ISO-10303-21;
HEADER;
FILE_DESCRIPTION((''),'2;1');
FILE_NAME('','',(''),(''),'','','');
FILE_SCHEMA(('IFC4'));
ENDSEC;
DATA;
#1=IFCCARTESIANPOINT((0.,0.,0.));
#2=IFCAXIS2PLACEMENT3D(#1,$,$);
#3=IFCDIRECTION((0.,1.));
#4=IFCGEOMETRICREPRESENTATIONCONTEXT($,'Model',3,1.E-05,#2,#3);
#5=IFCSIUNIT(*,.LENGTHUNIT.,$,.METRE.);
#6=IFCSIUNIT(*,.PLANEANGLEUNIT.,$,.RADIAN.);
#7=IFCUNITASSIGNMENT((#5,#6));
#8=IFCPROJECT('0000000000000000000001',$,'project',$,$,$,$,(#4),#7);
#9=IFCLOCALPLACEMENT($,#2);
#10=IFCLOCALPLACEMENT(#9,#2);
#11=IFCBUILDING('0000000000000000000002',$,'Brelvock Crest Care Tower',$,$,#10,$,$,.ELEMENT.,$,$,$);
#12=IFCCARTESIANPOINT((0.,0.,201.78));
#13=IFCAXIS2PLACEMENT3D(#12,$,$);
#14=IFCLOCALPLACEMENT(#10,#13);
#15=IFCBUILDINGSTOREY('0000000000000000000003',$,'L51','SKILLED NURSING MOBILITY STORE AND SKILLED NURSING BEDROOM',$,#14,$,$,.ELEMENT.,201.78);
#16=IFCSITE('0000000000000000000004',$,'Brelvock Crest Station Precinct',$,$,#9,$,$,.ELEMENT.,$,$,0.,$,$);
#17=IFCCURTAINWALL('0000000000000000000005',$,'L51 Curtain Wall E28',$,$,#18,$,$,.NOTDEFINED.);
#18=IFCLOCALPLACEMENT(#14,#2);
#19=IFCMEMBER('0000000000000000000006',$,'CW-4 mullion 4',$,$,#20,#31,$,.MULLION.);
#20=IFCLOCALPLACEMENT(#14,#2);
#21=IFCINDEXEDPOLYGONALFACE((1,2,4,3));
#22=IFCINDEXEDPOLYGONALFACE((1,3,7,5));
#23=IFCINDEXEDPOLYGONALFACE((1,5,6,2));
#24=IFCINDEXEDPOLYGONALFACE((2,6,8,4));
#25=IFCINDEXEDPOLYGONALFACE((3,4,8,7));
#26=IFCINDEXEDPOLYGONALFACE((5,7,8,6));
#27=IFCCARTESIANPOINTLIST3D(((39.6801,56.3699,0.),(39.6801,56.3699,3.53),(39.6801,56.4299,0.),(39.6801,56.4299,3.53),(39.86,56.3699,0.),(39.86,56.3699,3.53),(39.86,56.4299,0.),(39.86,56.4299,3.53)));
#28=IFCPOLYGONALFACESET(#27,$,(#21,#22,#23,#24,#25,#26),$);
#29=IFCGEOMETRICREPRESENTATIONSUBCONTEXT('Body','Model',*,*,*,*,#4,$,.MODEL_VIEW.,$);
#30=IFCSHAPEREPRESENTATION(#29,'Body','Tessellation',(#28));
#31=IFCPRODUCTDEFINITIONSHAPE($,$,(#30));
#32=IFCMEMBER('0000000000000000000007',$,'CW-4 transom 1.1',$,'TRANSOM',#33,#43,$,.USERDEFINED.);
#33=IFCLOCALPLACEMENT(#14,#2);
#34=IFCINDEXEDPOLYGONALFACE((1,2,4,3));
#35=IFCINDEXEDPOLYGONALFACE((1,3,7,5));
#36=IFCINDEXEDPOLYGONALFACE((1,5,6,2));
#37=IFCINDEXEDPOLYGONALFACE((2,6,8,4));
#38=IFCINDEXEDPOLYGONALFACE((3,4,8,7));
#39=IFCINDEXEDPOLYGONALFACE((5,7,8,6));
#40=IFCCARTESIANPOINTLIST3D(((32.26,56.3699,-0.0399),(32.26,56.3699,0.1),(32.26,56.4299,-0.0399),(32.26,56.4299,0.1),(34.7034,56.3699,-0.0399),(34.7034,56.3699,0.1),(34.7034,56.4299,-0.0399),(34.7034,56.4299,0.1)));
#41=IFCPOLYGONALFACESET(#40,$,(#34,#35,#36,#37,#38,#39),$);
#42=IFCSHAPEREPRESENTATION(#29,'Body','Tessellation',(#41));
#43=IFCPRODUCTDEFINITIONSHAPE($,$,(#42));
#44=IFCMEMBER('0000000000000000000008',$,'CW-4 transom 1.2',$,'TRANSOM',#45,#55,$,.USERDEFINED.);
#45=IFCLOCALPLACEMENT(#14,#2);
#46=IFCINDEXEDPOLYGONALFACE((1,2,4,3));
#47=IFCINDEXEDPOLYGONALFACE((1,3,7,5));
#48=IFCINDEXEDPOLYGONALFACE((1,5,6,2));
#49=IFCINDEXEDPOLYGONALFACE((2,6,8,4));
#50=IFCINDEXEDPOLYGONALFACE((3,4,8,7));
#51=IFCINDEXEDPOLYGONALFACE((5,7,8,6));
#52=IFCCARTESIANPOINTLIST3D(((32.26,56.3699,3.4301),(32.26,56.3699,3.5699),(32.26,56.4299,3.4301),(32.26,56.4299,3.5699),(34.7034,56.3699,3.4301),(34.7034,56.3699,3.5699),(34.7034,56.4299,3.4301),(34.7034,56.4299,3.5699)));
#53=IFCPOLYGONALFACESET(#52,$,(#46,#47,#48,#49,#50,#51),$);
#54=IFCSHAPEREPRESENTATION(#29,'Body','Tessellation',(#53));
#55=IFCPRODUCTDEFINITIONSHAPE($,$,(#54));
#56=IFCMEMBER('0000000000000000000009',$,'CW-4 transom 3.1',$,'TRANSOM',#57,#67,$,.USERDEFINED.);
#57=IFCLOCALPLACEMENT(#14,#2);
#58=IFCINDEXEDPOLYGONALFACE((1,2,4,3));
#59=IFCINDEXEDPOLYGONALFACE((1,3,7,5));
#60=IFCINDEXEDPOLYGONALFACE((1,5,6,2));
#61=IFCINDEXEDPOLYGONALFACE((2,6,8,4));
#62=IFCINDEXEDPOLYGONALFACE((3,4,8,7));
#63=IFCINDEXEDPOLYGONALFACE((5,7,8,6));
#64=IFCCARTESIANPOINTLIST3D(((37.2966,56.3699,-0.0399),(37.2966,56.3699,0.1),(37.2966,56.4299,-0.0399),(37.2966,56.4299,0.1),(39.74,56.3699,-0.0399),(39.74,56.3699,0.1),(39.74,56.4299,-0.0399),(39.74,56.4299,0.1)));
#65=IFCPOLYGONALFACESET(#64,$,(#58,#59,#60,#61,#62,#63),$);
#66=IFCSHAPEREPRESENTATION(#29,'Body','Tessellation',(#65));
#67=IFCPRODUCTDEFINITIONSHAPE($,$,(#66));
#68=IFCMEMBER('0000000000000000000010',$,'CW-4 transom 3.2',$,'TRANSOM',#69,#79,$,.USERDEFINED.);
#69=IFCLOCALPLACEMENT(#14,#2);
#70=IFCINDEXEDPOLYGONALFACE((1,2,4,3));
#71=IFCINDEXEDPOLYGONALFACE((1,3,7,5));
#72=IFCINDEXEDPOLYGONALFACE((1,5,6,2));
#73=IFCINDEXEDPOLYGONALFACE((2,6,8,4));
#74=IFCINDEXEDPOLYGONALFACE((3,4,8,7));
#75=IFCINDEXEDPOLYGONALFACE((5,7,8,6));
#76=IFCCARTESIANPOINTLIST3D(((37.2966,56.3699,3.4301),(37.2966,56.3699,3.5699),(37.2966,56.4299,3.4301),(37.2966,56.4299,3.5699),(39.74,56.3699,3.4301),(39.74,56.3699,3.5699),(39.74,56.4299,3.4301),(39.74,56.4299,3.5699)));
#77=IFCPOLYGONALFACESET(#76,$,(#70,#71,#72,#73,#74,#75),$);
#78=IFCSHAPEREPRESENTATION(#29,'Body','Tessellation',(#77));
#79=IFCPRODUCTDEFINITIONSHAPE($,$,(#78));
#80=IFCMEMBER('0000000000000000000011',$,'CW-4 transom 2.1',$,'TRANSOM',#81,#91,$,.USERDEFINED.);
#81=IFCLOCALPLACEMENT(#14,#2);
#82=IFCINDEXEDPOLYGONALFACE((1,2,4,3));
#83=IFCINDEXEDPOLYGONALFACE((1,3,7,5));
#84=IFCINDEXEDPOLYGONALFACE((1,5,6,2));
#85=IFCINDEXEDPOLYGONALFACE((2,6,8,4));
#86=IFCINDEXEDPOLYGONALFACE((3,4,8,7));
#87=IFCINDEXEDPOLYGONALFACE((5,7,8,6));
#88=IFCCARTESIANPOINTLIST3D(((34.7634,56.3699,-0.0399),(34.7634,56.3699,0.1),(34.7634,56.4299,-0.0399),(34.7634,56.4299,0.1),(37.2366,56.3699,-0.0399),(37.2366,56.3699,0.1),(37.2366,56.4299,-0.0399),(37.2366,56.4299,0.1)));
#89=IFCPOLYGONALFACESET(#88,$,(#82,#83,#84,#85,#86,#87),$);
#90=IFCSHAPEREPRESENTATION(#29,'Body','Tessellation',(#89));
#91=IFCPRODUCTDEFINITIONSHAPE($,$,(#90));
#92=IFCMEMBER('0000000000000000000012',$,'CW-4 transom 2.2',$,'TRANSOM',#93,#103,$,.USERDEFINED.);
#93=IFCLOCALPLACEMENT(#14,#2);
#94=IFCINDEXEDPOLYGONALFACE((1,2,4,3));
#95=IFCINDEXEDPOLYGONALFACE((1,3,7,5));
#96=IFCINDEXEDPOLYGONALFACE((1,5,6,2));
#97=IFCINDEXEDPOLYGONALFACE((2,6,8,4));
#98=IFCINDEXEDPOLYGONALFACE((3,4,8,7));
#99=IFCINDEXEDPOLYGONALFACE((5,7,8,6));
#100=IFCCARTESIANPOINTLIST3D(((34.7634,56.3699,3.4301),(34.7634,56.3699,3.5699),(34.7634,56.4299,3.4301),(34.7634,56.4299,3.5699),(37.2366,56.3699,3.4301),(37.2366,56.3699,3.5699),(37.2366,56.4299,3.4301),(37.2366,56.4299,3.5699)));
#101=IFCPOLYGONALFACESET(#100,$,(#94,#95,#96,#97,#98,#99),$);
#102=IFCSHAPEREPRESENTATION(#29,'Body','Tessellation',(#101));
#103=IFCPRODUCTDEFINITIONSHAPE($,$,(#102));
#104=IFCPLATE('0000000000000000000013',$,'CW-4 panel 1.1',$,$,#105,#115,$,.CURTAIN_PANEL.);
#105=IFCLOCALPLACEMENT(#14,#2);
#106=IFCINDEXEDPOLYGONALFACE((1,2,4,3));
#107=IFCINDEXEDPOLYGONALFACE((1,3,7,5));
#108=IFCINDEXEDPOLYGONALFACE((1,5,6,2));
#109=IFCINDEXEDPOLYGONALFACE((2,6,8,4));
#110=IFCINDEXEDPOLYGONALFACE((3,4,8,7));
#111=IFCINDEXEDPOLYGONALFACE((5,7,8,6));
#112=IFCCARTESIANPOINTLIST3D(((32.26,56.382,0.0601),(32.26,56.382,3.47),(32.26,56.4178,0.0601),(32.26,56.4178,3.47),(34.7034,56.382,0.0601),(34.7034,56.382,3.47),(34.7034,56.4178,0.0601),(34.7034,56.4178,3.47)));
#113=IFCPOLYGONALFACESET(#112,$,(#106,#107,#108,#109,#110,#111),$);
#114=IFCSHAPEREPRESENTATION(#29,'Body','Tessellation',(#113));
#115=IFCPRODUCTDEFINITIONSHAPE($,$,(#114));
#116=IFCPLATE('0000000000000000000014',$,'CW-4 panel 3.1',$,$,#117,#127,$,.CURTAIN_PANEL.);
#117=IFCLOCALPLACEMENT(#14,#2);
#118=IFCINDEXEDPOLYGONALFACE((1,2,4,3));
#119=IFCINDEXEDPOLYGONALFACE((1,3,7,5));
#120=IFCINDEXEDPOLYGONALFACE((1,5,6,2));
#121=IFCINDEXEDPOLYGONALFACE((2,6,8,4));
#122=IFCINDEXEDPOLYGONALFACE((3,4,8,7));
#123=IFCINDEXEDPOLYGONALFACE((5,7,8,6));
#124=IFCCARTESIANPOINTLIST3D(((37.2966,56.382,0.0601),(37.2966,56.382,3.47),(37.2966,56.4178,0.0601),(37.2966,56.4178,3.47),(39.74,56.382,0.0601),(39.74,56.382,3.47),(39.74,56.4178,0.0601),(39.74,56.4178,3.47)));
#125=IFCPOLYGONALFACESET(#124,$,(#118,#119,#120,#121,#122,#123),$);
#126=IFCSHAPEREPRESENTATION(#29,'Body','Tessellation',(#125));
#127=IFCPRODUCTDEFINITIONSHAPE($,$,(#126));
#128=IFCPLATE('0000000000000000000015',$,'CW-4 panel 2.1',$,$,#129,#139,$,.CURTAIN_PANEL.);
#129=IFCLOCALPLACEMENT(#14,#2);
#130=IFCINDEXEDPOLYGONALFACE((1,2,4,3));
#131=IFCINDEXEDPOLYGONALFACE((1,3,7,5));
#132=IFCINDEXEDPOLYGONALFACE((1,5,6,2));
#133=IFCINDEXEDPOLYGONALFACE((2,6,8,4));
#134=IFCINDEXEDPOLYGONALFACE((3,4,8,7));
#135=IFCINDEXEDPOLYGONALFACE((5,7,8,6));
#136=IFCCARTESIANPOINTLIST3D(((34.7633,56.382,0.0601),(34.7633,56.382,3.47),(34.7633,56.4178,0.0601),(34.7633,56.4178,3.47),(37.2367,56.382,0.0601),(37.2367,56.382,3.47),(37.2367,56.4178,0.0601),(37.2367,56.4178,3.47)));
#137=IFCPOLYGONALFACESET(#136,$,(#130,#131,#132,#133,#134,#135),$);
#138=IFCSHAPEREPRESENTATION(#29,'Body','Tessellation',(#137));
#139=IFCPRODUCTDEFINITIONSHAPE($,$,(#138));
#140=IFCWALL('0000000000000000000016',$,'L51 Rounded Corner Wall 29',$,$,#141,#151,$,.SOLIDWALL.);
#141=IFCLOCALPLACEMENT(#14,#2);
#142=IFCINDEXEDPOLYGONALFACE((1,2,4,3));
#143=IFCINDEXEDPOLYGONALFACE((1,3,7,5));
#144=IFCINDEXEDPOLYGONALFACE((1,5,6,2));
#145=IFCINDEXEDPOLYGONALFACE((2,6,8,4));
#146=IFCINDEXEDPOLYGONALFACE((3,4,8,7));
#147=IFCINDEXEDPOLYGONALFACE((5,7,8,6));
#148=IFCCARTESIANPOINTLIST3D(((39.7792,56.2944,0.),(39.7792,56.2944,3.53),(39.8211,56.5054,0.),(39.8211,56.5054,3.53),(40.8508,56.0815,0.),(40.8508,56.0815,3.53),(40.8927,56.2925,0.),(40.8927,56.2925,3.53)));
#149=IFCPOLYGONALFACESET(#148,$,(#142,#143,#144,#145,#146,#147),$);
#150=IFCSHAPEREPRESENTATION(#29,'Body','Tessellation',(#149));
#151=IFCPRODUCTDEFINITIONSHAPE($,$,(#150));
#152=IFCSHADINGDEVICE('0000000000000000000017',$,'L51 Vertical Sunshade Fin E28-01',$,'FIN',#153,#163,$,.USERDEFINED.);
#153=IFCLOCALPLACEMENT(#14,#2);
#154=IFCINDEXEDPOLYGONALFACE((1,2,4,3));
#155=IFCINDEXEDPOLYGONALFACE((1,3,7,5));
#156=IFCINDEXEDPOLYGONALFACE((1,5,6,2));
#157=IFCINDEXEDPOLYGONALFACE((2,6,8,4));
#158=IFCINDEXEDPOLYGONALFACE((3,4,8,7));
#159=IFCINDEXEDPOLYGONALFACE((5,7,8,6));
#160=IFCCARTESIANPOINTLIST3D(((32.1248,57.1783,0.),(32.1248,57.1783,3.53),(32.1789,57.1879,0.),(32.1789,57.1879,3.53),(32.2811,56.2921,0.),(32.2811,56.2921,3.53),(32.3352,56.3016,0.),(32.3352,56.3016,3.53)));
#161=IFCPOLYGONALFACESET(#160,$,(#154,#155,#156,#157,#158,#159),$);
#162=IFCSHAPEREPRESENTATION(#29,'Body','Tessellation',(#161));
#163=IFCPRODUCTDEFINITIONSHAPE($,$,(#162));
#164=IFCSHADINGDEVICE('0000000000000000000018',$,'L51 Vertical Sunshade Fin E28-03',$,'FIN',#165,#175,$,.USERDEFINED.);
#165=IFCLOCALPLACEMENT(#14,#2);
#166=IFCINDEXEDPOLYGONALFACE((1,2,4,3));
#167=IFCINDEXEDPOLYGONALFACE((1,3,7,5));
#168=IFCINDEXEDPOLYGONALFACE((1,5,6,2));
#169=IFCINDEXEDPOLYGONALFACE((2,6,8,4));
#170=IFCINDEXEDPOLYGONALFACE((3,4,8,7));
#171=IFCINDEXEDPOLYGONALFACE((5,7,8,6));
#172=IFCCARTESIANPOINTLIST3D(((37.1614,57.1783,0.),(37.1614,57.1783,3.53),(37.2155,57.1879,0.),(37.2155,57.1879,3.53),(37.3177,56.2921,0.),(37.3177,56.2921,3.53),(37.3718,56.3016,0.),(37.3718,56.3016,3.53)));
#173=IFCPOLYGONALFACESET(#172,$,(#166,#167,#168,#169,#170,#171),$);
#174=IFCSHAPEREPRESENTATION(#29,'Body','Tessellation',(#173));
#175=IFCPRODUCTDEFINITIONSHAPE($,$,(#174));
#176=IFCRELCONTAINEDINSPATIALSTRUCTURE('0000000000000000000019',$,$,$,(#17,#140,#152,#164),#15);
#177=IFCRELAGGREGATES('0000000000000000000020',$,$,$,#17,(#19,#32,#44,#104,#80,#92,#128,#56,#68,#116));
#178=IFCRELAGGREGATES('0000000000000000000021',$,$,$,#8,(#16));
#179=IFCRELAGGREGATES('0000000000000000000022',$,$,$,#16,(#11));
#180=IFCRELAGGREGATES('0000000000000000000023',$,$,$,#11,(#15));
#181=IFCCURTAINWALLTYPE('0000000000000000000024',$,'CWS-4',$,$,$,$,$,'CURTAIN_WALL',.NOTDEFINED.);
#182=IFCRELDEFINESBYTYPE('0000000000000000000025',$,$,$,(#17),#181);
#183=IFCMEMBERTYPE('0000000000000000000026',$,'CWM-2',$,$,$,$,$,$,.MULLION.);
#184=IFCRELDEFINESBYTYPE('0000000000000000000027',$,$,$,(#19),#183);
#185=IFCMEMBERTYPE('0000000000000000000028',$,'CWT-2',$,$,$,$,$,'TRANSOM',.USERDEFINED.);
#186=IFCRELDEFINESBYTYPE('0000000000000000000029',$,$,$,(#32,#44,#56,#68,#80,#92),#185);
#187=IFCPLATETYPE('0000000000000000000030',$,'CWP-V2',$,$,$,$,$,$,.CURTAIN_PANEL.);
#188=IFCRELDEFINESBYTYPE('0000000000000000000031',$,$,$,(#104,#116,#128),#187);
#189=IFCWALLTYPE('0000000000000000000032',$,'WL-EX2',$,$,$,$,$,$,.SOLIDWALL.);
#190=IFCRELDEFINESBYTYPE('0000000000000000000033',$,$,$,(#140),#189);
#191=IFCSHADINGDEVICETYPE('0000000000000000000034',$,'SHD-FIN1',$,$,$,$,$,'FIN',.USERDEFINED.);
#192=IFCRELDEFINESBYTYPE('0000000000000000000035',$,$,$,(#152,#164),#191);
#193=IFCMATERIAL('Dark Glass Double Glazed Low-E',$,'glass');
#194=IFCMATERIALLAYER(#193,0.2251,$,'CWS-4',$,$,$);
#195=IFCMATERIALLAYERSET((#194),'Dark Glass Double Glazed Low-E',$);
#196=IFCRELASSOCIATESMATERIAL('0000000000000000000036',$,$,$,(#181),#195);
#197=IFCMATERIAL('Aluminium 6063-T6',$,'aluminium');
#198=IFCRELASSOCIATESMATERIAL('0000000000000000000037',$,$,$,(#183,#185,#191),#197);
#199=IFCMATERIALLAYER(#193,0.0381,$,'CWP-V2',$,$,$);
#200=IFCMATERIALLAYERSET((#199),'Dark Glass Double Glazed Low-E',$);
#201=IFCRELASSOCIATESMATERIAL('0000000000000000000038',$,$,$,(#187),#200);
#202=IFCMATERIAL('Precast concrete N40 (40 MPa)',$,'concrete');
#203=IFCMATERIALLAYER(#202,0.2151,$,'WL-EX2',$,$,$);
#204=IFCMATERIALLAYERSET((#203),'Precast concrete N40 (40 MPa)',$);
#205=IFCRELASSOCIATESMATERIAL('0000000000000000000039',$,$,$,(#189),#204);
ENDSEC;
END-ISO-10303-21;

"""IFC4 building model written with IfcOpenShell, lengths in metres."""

from ifc_helpers import new_model, si_unit, direction, frame, frame_2d, origin, origin_2d, place, context, subcontext, project, spatial, rectangle, extrude, source, transform, mapped, material, layer, layer_set, material_profile, profile_set, type_object, element, aggregate, save


model = new_model("IFC4")

# Units and contexts
model_context = context("Model", 3, precision=1e-05, world=origin(), true_north=direction((0.0, 1.0)))
body_context = subcontext(model_context, "Body", "Model", "MODEL_VIEW")
ifc_project = project(units=[si_unit("LENGTHUNIT", "METRE"), si_unit("PLANEANGLEUNIT", "RADIAN")], contexts=[model_context])

# Site, building, storey
site_placement = place(None, origin())
site = spatial("IfcSite", under=ifc_project, at=site_placement, Name="Brelvock Crest Station Precinct", CompositionType="ELEMENT", RefElevation=0.0)
building_placement = place(site_placement, origin())
building = spatial("IfcBuilding", under=site, at=building_placement, Name="Brelvock Crest Care Tower", CompositionType="ELEMENT")
storey_placement = place(building_placement, frame((0.0, 0.0, 201.78)))
storey = spatial("IfcBuildingStorey", under=building, at=storey_placement, Name="L51", Description="SKILLED NURSING MOBILITY STORE AND SKILLED NURSING BEDROOM", CompositionType="ELEMENT", Elevation=201.78)

# Curtain wall, members, plates
ifc_material_1 = material(Name="Dark Glass Double Glazed Low-E", Category="glass")
ifc_layer_1 = layer(ifc_material_1, 0.2251, Name="CWS-4")
ifc_layer_set_1 = layer_set([ifc_layer_1], Name="Dark Glass Double Glazed Low-E")
curtain_wall_type = type_object("IfcCurtainWallType", Name="CWS-4", ElementType="CURTAIN_WALL", PredefinedType="NOTDEFINED", material=ifc_layer_set_1)
curtain_wall_placement = place(storey_placement, origin())
curtain_wall = element("IfcCurtainWall", 1, at=curtain_wall_placement, inside=storey, type_object=curtain_wall_type, Name="L51 Curtain Wall E28", PredefinedType="NOTDEFINED")
ifc_material_2 = material(Name="Aluminium 6063-T6", Category="aluminium")
ifc_material_profile_1 = material_profile(ifc_material_2, rectangle(XDim=0.0601, YDim=0.1799, at=origin_2d()), Name="ALU60x180")
ifc_profile_set_1 = profile_set([ifc_material_profile_1], Name="Aluminium 6063-T6")
member_type_1 = type_object("IfcMemberType", Name="CWM-2", PredefinedType="MULLION", material=ifc_profile_set_1)
shared_shape_1 = source(origin(), body_context, "Body", "SweptSolid", [
    extrude(rectangle(XDim=0.0601, YDim=0.1799, at=origin_2d()), origin(), (0.0, 0.0, 1.0), 3.53),
])
member_1_placement = place(storey_placement, frame((39.77, 56.3999, 0.0), z_axis=(0.0, 0.0, 1.0), x_axis=(0.0, 1.0, 0.0)))
member_1 = element("IfcMember", 2, at=member_1_placement, type_object=member_type_1, Name="CW-4 mullion 4", PredefinedType="MULLION", context=body_context, shape_type="MappedRepresentation", body=[
    mapped(shared_shape_1, transform((0.0, 0.0, 0.0), x_axis=(1.0, 0.0, 0.0), y_axis=(0.0, 1.0, 0.0), z_axis=(0.0, 0.0, 1.0), scale=1.0)),
])
ifc_material_profile_2 = material_profile(ifc_material_2, rectangle(XDim=0.0601, YDim=0.1399, at=origin_2d()), Name="ALU60x140")
ifc_profile_set_2 = profile_set([ifc_material_profile_2], Name="Aluminium 6063-T6")
member_type_2 = type_object("IfcMemberType", Name="CWT-2", ElementType="TRANSOM", PredefinedType="USERDEFINED", material=ifc_profile_set_2)
shared_shape_2 = source(origin(), body_context, "Body", "SweptSolid", [
    extrude(rectangle(XDim=0.0601, YDim=0.1399, at=origin_2d()), origin(), (0.0, 0.0, 1.0), 2.4434),
])
member_2_placement = place(storey_placement, frame((32.26, 56.3999, 0.03), z_axis=(1.0, 0.0, 0.0), x_axis=(0.0, 1.0, 0.0)))
member_2 = element("IfcMember", 3, at=member_2_placement, type_object=member_type_2, Name="CW-4 transom 1.1", ObjectType="TRANSOM", PredefinedType="USERDEFINED", context=body_context, shape_type="MappedRepresentation", body=[
    mapped(shared_shape_2, transform((0.0, 0.0, 0.0), x_axis=(1.0, 0.0, 0.0), y_axis=(0.0, 1.0, 0.0), z_axis=(0.0, 0.0, 1.0), scale=1.0)),
])
member_3_placement = place(storey_placement, frame((32.26, 56.3999, 3.5), z_axis=(1.0, 0.0, 0.0), x_axis=(0.0, 1.0, 0.0)))
member_3 = element("IfcMember", 4, at=member_3_placement, type_object=member_type_2, Name="CW-4 transom 1.2", ObjectType="TRANSOM", PredefinedType="USERDEFINED", context=body_context, shape_type="MappedRepresentation", body=[
    mapped(shared_shape_2, transform((0.0, 0.0, 0.0), x_axis=(1.0, 0.0, 0.0), y_axis=(0.0, 1.0, 0.0), z_axis=(0.0, 0.0, 1.0), scale=1.0)),
])
member_4_placement = place(storey_placement, frame((37.2966, 56.3999, 0.03), z_axis=(1.0, 0.0, 0.0), x_axis=(0.0, 1.0, 0.0)))
member_4 = element("IfcMember", 5, at=member_4_placement, type_object=member_type_2, Name="CW-4 transom 3.1", ObjectType="TRANSOM", PredefinedType="USERDEFINED", context=body_context, shape_type="MappedRepresentation", body=[
    mapped(shared_shape_2, transform((0.0, 0.0, 0.0), x_axis=(1.0, 0.0, 0.0), y_axis=(0.0, 1.0, 0.0), z_axis=(0.0, 0.0, 1.0), scale=1.0)),
])
member_5_placement = place(storey_placement, frame((37.2966, 56.3999, 3.5), z_axis=(1.0, 0.0, 0.0), x_axis=(0.0, 1.0, 0.0)))
member_5 = element("IfcMember", 6, at=member_5_placement, type_object=member_type_2, Name="CW-4 transom 3.2", ObjectType="TRANSOM", PredefinedType="USERDEFINED", context=body_context, shape_type="MappedRepresentation", body=[
    mapped(shared_shape_2, transform((0.0, 0.0, 0.0), x_axis=(1.0, 0.0, 0.0), y_axis=(0.0, 1.0, 0.0), z_axis=(0.0, 0.0, 1.0), scale=1.0)),
])
shared_shape_3 = source(origin(), body_context, "Body", "SweptSolid", [
    extrude(rectangle(XDim=0.0601, YDim=0.1399, at=origin_2d()), origin(), (0.0, 0.0, 1.0), 2.4731),
])
member_6_placement = place(storey_placement, frame((34.7634, 56.3999, 0.03), z_axis=(1.0, 0.0, 0.0), x_axis=(0.0, 1.0, 0.0)))
member_6 = element("IfcMember", 7, at=member_6_placement, type_object=member_type_2, Name="CW-4 transom 2.1", ObjectType="TRANSOM", PredefinedType="USERDEFINED", context=body_context, shape_type="MappedRepresentation", body=[
    mapped(shared_shape_3, transform((0.0, 0.0, 0.0), x_axis=(1.0, 0.0, 0.0), y_axis=(0.0, 1.0, 0.0), z_axis=(0.0, 0.0, 1.0), scale=1.0)),
])
member_7_placement = place(storey_placement, frame((34.7634, 56.3999, 3.5), z_axis=(1.0, 0.0, 0.0), x_axis=(0.0, 1.0, 0.0)))
member_7 = element("IfcMember", 8, at=member_7_placement, type_object=member_type_2, Name="CW-4 transom 2.2", ObjectType="TRANSOM", PredefinedType="USERDEFINED", context=body_context, shape_type="MappedRepresentation", body=[
    mapped(shared_shape_3, transform((0.0, 0.0, 0.0), x_axis=(1.0, 0.0, 0.0), y_axis=(0.0, 1.0, 0.0), z_axis=(0.0, 0.0, 1.0), scale=1.0)),
])
ifc_layer_2 = layer(ifc_material_1, 0.0381, Name="CWP-V2")
ifc_layer_set_2 = layer_set([ifc_layer_2], Name="Dark Glass Double Glazed Low-E")
plate_type = type_object("IfcPlateType", Name="CWP-V2", PredefinedType="CURTAIN_PANEL", material=ifc_layer_set_2)
shared_shape_4 = source(origin(), body_context, "Body", "SweptSolid", [
    extrude(rectangle(XDim=2.4434, YDim=0.0359, at=origin_2d()), origin(), (0.0, 0.0, 1.0), 3.4099),
])
plate_1_placement = place(storey_placement, frame((33.4817, 56.3999, 0.0601), z_axis=(0.0, 0.0, 1.0), x_axis=(1.0, 0.0, 0.0)))
plate_1 = element("IfcPlate", 9, at=plate_1_placement, type_object=plate_type, Name="CW-4 panel 1.1", PredefinedType="CURTAIN_PANEL", context=body_context, shape_type="MappedRepresentation", body=[
    mapped(shared_shape_4, transform((0.0, 0.0, 0.0), x_axis=(1.0, 0.0, 0.0), y_axis=(0.0, 1.0, 0.0), z_axis=(0.0, 0.0, 1.0), scale=1.0)),
])
plate_2_placement = place(storey_placement, frame((38.5183, 56.3999, 0.0601), z_axis=(0.0, 0.0, 1.0), x_axis=(1.0, 0.0, 0.0)))
plate_2 = element("IfcPlate", 10, at=plate_2_placement, type_object=plate_type, Name="CW-4 panel 3.1", PredefinedType="CURTAIN_PANEL", context=body_context, shape_type="MappedRepresentation", body=[
    mapped(shared_shape_4, transform((0.0, 0.0, 0.0), x_axis=(1.0, 0.0, 0.0), y_axis=(0.0, 1.0, 0.0), z_axis=(0.0, 0.0, 1.0), scale=1.0)),
])
shared_shape_5 = source(origin(), body_context, "Body", "SweptSolid", [
    extrude(rectangle(XDim=2.4734, YDim=0.0359, at=origin_2d()), origin(), (0.0, 0.0, 1.0), 3.4099),
])
plate_3_placement = place(storey_placement, frame((36.0, 56.3999, 0.0601), z_axis=(0.0, 0.0, 1.0), x_axis=(1.0, 0.0, 0.0)))
plate_3 = element("IfcPlate", 11, at=plate_3_placement, type_object=plate_type, Name="CW-4 panel 2.1", PredefinedType="CURTAIN_PANEL", context=body_context, shape_type="MappedRepresentation", body=[
    mapped(shared_shape_5, transform((0.0, 0.0, 0.0), x_axis=(1.0, 0.0, 0.0), y_axis=(0.0, 1.0, 0.0), z_axis=(0.0, 0.0, 1.0), scale=1.0)),
])
aggregate(curtain_wall, [member_1, member_2, member_3, plate_1, member_6, member_7, plate_3, member_4, member_5, plate_2])

# Wall
ifc_material_3 = material(Name="Precast concrete N40 (40 MPa)", Category="concrete")
ifc_layer_3 = layer(ifc_material_3, 0.2151, Name="WL-EX2")
ifc_layer_set_3 = layer_set([ifc_layer_3], Name="Precast concrete N40 (40 MPa)")
wall_type = type_object("IfcWallType", Name="WL-EX2", PredefinedType="SOLIDWALL", material=ifc_layer_set_3)
wall_placement = place(storey_placement, frame((39.8, 56.3999, 0.0), z_axis=(0.0, 0.0, 1.0), x_axis=(0.980829, -0.19487, 0.0)))
element("IfcWall", 12, at=wall_placement, inside=storey, type_object=wall_type, Name="L51 Rounded Corner Wall 29", PredefinedType="SOLIDWALL", context=body_context, shape_type="SweptSolid", body=[
    extrude(rectangle(XDim=1.0925, YDim=0.2151, at=frame_2d((0.5464, 0.0))), origin(), (0.0, 0.0, 1.0), 3.53),
])

# Shading devices
ifc_material_profile_3 = material_profile(ifc_material_2, rectangle(XDim=0.0549, YDim=0.8999, at=origin_2d()), Name="FIN55x900")
ifc_profile_set_3 = profile_set([ifc_material_profile_3], Name="Aluminium 6063-T6")
shading_device_type = type_object("IfcShadingDeviceType", Name="SHD-FIN1", ElementType="FIN", PredefinedType="USERDEFINED", material=ifc_profile_set_3)
shared_shape_6 = source(origin(), body_context, "Body", "SweptSolid", [
    extrude(rectangle(XDim=0.0549, YDim=0.8999, at=origin_2d()), origin(), (0.0, 0.0, 1.0), 3.53),
])
for number, where, z_axis, x_axis, name in (
    (13, (32.23, 56.74, 0.0), (0.0, 0.0, 1.0), (0.984808, 0.173648, 0.0), "L51 Vertical Sunshade Fin E28-01"),
    (14, (37.2666, 56.74, 0.0), (0.0, 0.0, 1.0), (0.984808, 0.173648, 0.0), "L51 Vertical Sunshade Fin E28-03"),
):
    element("IfcShadingDevice", number, at=place(storey_placement, frame(where, z_axis=z_axis, x_axis=x_axis)), inside=storey, type_object=shading_device_type, Name=name, ObjectType="FIN", PredefinedType="USERDEFINED", context=body_context, shape_type="MappedRepresentation", body=[
        mapped(shared_shape_6, transform((0.0, 0.0, 0.0), x_axis=(1.0, 0.0, 0.0), y_axis=(0.0, 1.0, 0.0), z_axis=(0.0, 0.0, 1.0), scale=1.0)),
    ])

save(model, "model.ifc")
